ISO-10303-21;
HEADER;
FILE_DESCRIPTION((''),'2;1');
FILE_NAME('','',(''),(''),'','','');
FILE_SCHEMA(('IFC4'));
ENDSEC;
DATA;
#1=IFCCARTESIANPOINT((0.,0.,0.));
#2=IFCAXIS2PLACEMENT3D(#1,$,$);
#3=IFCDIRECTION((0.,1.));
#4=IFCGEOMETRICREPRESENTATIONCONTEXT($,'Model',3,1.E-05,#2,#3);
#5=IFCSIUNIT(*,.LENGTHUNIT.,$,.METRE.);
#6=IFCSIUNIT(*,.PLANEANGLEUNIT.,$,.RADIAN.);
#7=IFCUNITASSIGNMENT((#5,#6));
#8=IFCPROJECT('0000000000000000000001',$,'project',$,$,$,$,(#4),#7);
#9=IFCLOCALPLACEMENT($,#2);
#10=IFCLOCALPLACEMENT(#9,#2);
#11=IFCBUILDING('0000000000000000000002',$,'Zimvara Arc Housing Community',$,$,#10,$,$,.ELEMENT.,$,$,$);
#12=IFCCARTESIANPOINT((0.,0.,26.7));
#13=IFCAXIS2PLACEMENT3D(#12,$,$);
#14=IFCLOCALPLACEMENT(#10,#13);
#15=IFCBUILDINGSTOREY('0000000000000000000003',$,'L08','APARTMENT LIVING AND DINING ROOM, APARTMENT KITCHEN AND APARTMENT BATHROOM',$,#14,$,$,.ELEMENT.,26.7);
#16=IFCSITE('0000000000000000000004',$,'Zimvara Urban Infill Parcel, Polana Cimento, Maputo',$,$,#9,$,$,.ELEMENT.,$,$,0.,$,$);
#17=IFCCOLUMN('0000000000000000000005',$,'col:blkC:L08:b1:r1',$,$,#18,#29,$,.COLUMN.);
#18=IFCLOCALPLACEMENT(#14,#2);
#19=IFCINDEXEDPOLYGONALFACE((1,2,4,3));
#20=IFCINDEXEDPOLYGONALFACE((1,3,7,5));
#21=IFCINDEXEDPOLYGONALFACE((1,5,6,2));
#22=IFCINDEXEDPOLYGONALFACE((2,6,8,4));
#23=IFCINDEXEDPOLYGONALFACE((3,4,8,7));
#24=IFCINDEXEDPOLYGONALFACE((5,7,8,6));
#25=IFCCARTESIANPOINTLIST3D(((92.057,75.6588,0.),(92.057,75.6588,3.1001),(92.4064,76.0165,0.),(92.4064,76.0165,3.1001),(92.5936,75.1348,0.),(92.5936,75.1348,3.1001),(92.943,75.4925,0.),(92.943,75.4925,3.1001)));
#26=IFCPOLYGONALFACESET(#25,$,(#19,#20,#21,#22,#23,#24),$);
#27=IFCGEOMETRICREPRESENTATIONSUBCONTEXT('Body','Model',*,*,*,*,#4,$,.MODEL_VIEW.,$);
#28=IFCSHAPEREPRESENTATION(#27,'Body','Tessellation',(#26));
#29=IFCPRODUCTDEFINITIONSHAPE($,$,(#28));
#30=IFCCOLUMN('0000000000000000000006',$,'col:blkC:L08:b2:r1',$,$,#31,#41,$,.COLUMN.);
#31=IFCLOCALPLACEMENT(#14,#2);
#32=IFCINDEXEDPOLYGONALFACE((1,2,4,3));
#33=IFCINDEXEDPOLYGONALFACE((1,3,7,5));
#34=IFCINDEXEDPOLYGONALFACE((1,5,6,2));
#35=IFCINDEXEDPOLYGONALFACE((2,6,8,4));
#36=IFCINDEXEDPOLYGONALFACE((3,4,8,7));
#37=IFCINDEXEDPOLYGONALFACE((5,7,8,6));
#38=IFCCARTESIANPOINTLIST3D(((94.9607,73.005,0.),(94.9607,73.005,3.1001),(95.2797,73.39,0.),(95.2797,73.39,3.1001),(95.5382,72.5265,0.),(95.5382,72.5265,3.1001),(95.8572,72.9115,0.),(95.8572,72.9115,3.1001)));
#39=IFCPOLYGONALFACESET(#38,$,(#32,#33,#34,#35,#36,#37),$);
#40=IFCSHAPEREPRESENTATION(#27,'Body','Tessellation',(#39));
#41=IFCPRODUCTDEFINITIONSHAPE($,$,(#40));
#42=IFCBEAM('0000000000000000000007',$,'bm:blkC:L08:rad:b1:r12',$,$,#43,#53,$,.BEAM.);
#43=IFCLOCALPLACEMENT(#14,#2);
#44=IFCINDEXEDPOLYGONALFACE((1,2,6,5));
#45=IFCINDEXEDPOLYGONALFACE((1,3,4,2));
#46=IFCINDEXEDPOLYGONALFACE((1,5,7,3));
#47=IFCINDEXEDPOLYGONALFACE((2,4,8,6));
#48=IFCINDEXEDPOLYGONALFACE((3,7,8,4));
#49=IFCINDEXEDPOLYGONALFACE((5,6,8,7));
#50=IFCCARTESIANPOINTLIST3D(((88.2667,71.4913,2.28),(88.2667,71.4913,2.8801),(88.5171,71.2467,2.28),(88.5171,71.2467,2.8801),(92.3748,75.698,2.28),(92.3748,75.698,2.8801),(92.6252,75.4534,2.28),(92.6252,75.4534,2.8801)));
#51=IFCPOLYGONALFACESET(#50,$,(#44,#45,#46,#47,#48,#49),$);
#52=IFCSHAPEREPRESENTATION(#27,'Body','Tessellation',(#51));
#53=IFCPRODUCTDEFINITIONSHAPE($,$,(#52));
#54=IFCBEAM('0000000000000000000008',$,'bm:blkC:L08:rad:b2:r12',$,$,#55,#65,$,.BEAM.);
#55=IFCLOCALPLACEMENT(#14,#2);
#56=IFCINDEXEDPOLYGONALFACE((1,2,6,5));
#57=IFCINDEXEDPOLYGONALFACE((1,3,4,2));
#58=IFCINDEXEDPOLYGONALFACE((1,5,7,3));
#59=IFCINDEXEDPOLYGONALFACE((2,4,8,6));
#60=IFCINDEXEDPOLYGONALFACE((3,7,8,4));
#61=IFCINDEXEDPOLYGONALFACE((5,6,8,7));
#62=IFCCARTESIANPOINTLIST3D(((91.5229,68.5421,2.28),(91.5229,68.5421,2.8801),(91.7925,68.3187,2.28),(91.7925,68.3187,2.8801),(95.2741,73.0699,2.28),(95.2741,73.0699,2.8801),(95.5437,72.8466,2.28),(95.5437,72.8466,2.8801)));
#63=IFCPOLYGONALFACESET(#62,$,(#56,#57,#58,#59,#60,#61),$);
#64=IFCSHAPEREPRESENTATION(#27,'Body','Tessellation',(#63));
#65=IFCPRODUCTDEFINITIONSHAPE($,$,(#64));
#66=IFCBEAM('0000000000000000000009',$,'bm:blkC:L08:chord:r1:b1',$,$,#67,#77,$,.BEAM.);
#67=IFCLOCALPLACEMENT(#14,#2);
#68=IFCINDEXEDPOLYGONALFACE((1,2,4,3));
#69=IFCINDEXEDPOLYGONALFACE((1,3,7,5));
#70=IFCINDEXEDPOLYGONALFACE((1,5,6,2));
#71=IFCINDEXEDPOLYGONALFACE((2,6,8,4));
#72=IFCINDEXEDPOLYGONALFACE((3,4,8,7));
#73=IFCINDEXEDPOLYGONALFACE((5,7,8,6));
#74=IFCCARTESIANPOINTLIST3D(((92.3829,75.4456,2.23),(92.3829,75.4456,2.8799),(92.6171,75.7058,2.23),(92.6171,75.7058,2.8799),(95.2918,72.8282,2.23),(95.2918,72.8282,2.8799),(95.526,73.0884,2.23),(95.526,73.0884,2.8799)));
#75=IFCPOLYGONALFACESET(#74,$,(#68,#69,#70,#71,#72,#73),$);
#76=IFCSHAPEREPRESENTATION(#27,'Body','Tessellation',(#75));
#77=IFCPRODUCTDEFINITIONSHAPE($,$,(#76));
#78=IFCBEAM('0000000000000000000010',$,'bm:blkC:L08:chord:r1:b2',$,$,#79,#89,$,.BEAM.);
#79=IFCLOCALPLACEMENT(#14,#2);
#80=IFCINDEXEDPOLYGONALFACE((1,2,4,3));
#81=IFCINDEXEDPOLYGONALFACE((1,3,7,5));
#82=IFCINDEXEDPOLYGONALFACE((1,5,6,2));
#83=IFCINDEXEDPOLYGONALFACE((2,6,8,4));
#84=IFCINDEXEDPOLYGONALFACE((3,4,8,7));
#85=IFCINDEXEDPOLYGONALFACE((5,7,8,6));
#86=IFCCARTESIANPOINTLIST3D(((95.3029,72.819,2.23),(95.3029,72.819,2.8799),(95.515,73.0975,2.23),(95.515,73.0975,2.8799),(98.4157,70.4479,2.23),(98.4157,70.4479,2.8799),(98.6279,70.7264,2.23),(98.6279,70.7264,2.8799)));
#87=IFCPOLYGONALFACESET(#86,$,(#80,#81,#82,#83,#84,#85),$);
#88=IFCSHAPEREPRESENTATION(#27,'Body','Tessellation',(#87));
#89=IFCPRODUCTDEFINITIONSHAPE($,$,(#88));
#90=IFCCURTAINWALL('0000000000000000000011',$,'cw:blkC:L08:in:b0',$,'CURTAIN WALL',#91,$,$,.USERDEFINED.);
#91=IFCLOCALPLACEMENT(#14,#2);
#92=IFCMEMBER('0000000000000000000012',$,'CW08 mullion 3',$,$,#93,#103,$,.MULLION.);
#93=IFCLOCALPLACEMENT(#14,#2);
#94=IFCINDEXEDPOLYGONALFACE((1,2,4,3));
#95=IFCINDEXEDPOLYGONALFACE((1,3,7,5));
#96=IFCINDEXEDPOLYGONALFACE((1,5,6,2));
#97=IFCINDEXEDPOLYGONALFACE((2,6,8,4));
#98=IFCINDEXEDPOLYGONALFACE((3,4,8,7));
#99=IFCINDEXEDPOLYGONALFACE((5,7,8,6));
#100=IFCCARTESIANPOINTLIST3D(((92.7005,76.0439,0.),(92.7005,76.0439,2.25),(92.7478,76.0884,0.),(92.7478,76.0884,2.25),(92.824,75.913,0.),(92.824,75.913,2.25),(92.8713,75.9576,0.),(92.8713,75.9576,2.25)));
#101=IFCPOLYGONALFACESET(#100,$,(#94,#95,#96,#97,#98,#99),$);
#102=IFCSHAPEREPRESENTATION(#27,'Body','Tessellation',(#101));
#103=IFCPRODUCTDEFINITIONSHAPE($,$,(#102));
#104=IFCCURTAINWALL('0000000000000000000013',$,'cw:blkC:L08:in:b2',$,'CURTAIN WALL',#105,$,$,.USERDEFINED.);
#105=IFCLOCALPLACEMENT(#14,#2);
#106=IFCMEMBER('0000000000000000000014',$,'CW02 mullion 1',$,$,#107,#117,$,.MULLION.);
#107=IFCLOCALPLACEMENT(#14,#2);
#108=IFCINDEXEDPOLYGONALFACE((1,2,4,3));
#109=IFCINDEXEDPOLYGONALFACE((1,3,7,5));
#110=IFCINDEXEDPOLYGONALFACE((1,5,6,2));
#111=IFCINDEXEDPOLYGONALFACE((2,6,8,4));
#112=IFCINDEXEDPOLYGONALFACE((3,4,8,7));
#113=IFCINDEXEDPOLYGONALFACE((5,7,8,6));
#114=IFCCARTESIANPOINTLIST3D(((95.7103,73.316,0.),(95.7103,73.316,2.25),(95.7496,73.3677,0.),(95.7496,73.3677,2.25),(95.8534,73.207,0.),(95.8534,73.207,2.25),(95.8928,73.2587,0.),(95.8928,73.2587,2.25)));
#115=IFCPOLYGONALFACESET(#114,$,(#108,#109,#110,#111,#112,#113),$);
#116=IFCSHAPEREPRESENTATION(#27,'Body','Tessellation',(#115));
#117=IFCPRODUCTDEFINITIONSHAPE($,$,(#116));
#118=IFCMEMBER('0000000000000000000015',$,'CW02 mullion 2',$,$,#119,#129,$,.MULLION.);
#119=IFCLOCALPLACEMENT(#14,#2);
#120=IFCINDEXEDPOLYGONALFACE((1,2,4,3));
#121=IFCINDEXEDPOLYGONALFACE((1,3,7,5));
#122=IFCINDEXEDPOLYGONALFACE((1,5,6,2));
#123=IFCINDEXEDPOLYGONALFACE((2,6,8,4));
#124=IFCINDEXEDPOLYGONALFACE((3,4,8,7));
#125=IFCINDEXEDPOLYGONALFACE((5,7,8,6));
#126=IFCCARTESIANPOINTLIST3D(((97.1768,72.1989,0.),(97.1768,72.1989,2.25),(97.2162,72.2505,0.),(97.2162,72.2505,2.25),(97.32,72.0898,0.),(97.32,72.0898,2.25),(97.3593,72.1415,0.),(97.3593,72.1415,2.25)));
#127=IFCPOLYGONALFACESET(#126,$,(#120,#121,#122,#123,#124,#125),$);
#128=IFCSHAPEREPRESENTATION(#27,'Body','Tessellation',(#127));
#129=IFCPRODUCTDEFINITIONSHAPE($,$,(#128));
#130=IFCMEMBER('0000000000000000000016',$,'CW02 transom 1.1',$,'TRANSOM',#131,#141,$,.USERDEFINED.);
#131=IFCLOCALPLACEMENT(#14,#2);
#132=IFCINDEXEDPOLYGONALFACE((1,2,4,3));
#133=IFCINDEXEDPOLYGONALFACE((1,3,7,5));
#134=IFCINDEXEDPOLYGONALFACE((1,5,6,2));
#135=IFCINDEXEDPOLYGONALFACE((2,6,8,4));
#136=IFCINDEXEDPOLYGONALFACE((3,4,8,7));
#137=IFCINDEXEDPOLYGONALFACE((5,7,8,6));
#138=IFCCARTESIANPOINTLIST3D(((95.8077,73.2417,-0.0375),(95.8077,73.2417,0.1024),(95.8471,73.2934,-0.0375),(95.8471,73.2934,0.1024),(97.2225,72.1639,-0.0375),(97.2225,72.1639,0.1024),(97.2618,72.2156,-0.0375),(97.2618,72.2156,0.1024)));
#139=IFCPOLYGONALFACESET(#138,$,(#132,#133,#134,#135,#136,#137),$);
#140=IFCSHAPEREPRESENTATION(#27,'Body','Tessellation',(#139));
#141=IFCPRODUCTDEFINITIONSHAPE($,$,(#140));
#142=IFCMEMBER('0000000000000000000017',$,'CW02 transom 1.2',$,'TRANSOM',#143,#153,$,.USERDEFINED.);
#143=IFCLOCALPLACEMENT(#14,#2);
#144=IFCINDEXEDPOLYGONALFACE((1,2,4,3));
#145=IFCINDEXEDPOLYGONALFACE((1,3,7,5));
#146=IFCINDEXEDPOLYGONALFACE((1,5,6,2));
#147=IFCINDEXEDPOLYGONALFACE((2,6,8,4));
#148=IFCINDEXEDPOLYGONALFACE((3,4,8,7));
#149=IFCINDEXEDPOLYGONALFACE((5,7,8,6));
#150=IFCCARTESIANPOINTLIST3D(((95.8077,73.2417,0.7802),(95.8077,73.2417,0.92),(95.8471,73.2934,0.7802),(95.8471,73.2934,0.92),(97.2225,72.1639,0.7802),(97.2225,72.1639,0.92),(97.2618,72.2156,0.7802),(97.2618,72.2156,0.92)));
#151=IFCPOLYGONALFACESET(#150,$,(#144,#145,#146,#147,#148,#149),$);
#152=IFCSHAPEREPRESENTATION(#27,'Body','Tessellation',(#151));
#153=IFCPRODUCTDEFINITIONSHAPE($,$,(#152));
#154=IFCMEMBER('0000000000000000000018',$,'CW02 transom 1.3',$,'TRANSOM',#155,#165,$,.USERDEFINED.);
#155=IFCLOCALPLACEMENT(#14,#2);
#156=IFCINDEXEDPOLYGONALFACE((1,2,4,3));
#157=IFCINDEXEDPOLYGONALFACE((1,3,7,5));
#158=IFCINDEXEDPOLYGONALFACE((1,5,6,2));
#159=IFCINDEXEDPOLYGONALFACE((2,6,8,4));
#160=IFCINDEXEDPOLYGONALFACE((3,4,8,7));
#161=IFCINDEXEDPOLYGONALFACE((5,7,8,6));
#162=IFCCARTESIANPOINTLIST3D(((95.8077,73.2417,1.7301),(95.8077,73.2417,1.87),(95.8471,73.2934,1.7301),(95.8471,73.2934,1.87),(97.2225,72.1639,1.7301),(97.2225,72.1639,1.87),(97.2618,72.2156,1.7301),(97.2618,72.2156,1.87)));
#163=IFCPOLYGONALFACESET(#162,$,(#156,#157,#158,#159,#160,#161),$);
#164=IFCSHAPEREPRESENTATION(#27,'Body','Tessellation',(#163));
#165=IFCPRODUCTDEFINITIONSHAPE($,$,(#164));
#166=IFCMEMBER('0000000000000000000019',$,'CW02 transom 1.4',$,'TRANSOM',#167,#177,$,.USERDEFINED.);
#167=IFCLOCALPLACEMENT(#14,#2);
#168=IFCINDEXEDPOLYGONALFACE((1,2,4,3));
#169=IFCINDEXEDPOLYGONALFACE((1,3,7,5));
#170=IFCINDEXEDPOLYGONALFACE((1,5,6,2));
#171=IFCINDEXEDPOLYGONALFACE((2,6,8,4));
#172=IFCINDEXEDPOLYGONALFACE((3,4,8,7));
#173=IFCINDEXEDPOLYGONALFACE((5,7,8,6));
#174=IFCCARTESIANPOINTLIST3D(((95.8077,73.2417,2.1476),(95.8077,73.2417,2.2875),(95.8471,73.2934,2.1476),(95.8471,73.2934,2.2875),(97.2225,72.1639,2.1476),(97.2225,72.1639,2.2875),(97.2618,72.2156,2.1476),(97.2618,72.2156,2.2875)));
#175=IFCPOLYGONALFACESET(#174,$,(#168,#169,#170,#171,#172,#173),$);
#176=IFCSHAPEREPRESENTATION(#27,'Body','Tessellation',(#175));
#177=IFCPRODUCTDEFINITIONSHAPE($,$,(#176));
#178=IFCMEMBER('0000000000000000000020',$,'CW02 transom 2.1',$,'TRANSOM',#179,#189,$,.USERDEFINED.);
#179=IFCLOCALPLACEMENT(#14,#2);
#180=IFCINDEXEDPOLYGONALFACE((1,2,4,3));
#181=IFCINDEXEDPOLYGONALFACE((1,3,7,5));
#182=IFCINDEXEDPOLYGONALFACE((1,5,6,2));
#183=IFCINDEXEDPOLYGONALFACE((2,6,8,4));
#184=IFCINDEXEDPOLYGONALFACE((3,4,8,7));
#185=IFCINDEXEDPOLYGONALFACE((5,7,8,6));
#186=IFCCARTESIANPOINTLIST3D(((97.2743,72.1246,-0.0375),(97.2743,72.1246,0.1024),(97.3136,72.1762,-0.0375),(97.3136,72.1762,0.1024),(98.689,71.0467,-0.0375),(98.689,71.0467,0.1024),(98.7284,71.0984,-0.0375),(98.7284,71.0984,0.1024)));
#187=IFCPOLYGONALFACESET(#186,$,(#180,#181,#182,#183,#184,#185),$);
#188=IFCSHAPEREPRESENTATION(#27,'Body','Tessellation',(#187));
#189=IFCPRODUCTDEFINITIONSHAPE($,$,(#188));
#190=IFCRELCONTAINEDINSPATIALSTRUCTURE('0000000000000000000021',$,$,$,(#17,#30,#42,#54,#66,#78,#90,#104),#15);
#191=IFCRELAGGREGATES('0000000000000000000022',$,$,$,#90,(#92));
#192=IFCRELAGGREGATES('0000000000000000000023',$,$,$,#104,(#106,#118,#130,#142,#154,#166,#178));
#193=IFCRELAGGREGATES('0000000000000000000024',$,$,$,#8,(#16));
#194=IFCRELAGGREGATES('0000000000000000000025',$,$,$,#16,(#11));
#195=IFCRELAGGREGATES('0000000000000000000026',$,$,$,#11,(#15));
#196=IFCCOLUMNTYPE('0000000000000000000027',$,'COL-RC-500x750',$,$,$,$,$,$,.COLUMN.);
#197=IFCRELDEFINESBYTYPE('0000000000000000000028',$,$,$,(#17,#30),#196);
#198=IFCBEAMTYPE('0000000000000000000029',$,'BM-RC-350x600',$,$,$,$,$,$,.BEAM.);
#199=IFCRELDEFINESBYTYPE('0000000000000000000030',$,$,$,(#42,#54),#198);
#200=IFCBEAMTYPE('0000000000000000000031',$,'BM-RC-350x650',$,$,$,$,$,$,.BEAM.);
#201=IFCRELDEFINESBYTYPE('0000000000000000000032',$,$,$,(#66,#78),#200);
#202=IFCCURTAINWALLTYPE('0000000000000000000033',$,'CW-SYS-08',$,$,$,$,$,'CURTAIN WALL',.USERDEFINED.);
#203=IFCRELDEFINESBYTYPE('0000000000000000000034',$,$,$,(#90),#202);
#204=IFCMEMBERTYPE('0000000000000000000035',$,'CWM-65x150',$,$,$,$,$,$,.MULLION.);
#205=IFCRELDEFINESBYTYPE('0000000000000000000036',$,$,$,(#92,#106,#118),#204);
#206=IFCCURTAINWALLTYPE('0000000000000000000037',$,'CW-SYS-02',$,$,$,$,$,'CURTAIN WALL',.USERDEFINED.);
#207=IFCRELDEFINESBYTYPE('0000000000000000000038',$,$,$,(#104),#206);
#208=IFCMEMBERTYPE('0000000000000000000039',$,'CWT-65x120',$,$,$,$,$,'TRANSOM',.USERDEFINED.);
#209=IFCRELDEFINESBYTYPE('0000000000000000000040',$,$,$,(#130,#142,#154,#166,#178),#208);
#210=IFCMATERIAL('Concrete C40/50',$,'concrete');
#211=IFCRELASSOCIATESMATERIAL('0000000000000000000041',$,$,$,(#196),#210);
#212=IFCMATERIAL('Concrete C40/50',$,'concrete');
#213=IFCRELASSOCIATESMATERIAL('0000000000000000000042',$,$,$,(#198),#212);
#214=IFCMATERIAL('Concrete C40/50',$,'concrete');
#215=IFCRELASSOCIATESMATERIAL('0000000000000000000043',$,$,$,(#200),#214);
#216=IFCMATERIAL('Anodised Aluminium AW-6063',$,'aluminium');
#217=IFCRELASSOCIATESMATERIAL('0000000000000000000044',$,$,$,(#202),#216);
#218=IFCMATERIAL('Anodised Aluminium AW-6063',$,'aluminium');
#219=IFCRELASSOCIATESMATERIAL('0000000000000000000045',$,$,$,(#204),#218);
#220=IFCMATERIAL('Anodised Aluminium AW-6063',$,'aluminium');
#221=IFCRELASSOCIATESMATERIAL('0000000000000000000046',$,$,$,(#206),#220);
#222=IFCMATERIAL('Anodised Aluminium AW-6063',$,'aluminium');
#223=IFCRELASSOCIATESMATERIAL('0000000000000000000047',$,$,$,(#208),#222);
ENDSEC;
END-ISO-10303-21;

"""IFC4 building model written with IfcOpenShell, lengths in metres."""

from ifc_helpers import new_model, si_unit, direction, frame, origin, origin_2d, place, context, subcontext, project, spatial, rectangle, extrude, material, material_profile, profile_set, type_object, element, aggregate, save


model = new_model("IFC4")

# Units and contexts
model_context = context("Model", 3, precision=1e-05, world=origin(), true_north=direction((0.0, 1.0)))
body_context = subcontext(model_context, "Body", "Model", "MODEL_VIEW")
ifc_project = project(units=[si_unit("LENGTHUNIT", "METRE"), si_unit("PLANEANGLEUNIT", "RADIAN")], contexts=[model_context])

# Site, building, storey
site_placement = place(None, origin())
site = spatial("IfcSite", under=ifc_project, at=site_placement, Name="Zimvara Urban Infill Parcel, Polana Cimento, Maputo", CompositionType="ELEMENT", RefElevation=0.0)
building_placement = place(site_placement, origin())
building = spatial("IfcBuilding", under=site, at=building_placement, Name="Zimvara Arc Housing Community", CompositionType="ELEMENT")
storey_placement = place(building_placement, frame((0.0, 0.0, 26.7)))
storey = spatial("IfcBuildingStorey", under=building, at=storey_placement, Name="L08", Description="APARTMENT LIVING AND DINING ROOM, APARTMENT KITCHEN AND APARTMENT BATHROOM", CompositionType="ELEMENT", Elevation=26.7)

# Columns
ifc_material_1 = material(Name="Concrete C40/50", Category="concrete")
ifc_material_profile_1 = material_profile(ifc_material_1, rectangle(XDim=0.5, YDim=0.75, at=origin_2d()), Name="RC 500x750")
ifc_profile_set_1 = profile_set([ifc_material_profile_1], Name="Concrete C40/50")
column_type = type_object("IfcColumnType", Name="COL-RC-500x750", PredefinedType="COLUMN", material=ifc_profile_set_1)
for number, where, z_axis, x_axis, name in (
    (1, (92.5, 75.5757, 0.0), (0.0, 0.0, 1.0), (-0.698665, -0.715449, 0.0), "col:blkC:L08:b1:r1"),
    (2, (95.4089, 72.9583, 0.0), (0.0, 0.0, 1.0), (-0.637962, -0.770068, 0.0), "col:blkC:L08:b2:r1"),
):
    element("IfcColumn", number, at=place(storey_placement, frame(where, z_axis=z_axis, x_axis=x_axis)), inside=storey, type_object=column_type, Name=name, PredefinedType="COLUMN", context=body_context, shape_type="SweptSolid", body=[
        extrude(rectangle(XDim=0.5, YDim=0.75, at=origin_2d()), origin(), (0.0, 0.0, 1.0), 3.1001),
    ])

# Beams
ifc_material_2 = material(Name="Concrete C40/50", Category="concrete")
ifc_material_profile_2 = material_profile(ifc_material_2, rectangle(XDim=0.3501, YDim=0.6001, at=origin_2d()), Name="RC 350x600")
ifc_profile_set_2 = profile_set([ifc_material_profile_2], Name="Concrete C40/50")
beam_type_1 = type_object("IfcBeamType", Name="BM-RC-350x600", PredefinedType="BEAM", material=ifc_profile_set_2)
for number, where, z_axis, x_axis, name in (
    (3, (92.5, 75.5757, 2.5801), (-0.69867, -0.715444, 0.0), (0.715444, -0.69867, 0.0), "bm:blkC:L08:rad:b1:r12"),
    (4, (95.4089, 72.9583, 2.5801), (-0.637976, -0.770056, 0.0), (0.770056, -0.637976, 0.0), "bm:blkC:L08:rad:b2:r12"),
):
    element("IfcBeam", number, at=place(storey_placement, frame(where, z_axis=z_axis, x_axis=x_axis)), inside=storey, type_object=beam_type_1, Name=name, PredefinedType="BEAM", context=body_context, shape_type="SweptSolid", body=[
        extrude(rectangle(XDim=0.3501, YDim=0.6001, at=origin_2d()), origin(), (0.0, 0.0, 1.0), 5.8799),
    ])
ifc_material_3 = material(Name="Concrete C40/50", Category="concrete")
ifc_material_profile_3 = material_profile(ifc_material_3, rectangle(XDim=0.3501, YDim=0.6499, at=origin_2d()), Name="RC 350x650")
ifc_profile_set_3 = profile_set([ifc_material_profile_3], Name="Concrete C40/50")
beam_type_2 = type_object("IfcBeamType", Name="BM-RC-350x650", PredefinedType="BEAM", material=ifc_profile_set_3)
for number, where, z_axis, x_axis, name in (
    (5, (92.5, 75.5757, 2.5549), (0.743372, -0.668879, 0.0), (0.668879, 0.743372, 0.0), "bm:blkC:L08:chord:r1:b1"),
    (6, (95.4089, 72.9583, 2.5549), (0.7955, -0.605953, 0.0), (0.605953, 0.7955, 0.0), "bm:blkC:L08:chord:r1:b2"),
):
    element("IfcBeam", number, at=place(storey_placement, frame(where, z_axis=z_axis, x_axis=x_axis)), inside=storey, type_object=beam_type_2, Name=name, PredefinedType="BEAM", context=body_context, shape_type="SweptSolid", body=[
        extrude(rectangle(XDim=0.3501, YDim=0.6499, at=origin_2d()), origin(), (0.0, 0.0, 1.0), 3.9131),
    ])

# Curtain wall, member
ifc_material_4 = material(Name="Anodised Aluminium AW-6063", Category="aluminium")
curtain_wall_type_1 = type_object("IfcCurtainWallType", Name="CW-SYS-08", ElementType="CURTAIN WALL", PredefinedType="USERDEFINED", material=ifc_material_4)
curtain_wall_1_placement = place(storey_placement, origin())
curtain_wall_1 = element("IfcCurtainWall", 7, at=curtain_wall_1_placement, inside=storey, type_object=curtain_wall_type_1, Name="cw:blkC:L08:in:b0", ObjectType="CURTAIN WALL", PredefinedType="USERDEFINED")
ifc_material_5 = material(Name="Anodised Aluminium AW-6063", Category="aluminium")
ifc_material_profile_4 = material_profile(ifc_material_5, rectangle(XDim=0.0649, YDim=0.1799, at=origin_2d()), Name="ALU 65x180")
ifc_profile_set_4 = profile_set([ifc_material_profile_4], Name="Anodised Aluminium AW-6063")
member_type_1 = type_object("IfcMemberType", Name="CWM-65x150", PredefinedType="MULLION", material=ifc_profile_set_4)
member_1_placement = place(storey_placement, frame((92.7859, 76.0007, 0.0), z_axis=(0.0, 0.0, 1.0), x_axis=(0.727294, 0.686326, 0.0)))
member_1 = element("IfcMember", 8, at=member_1_placement, type_object=member_type_1, Name="CW08 mullion 3", PredefinedType="MULLION", context=body_context, shape_type="SweptSolid", body=[
    extrude(rectangle(XDim=0.0649, YDim=0.1799, at=origin_2d()), origin(), (0.0, 0.0, 1.0), 2.25),
])
aggregate(curtain_wall_1, [member_1])

# Curtain wall, members
ifc_material_6 = material(Name="Anodised Aluminium AW-6063", Category="aluminium")
curtain_wall_type_2 = type_object("IfcCurtainWallType", Name="CW-SYS-02", ElementType="CURTAIN WALL", PredefinedType="USERDEFINED", material=ifc_material_6)
curtain_wall_2_placement = place(storey_placement, origin())
curtain_wall_2 = element("IfcCurtainWall", 9, at=curtain_wall_2_placement, inside=storey, type_object=curtain_wall_type_2, Name="cw:blkC:L08:in:b2", ObjectType="CURTAIN WALL", PredefinedType="USERDEFINED")
member_2_placement = place(storey_placement, frame((95.8015, 73.2874, 0.0), z_axis=(0.0, 0.0, 1.0), x_axis=(0.605988, 0.795474, 0.0)))
member_2 = element("IfcMember", 10, at=member_2_placement, type_object=member_type_1, Name="CW02 mullion 1", PredefinedType="MULLION", context=body_context, shape_type="SweptSolid", body=[
    extrude(rectangle(XDim=0.0649, YDim=0.1799, at=origin_2d()), origin(), (0.0, 0.0, 1.0), 2.25),
])
member_3_placement = place(storey_placement, frame((97.2681, 72.1702, 0.0), z_axis=(0.0, 0.0, 1.0), x_axis=(0.605988, 0.795474, 0.0)))
member_3 = element("IfcMember", 11, at=member_3_placement, type_object=member_type_1, Name="CW02 mullion 2", PredefinedType="MULLION", context=body_context, shape_type="SweptSolid", body=[
    extrude(rectangle(XDim=0.0649, YDim=0.1799, at=origin_2d()), origin(), (0.0, 0.0, 1.0), 2.25),
])
ifc_material_7 = material(Name="Anodised Aluminium AW-6063", Category="aluminium")
ifc_material_profile_5 = material_profile(ifc_material_7, rectangle(XDim=0.0649, YDim=0.1399, at=origin_2d()), Name="ALU 65x140")
ifc_profile_set_5 = profile_set([ifc_material_profile_5], Name="Anodised Aluminium AW-6063")
member_type_2 = type_object("IfcMemberType", Name="CWT-65x120", ElementType="TRANSOM", PredefinedType="USERDEFINED", material=ifc_profile_set_5)
member_4_placement = place(storey_placement, frame((95.8274, 73.2676, 0.0325), z_axis=(0.795447, -0.606023, 0.0), x_axis=(0.606023, 0.795447, 0.0)))
member_4 = element("IfcMember", 12, at=member_4_placement, type_object=member_type_2, Name="CW02 transom 1.1", ObjectType="TRANSOM", PredefinedType="USERDEFINED", context=body_context, shape_type="SweptSolid", body=[
    extrude(rectangle(XDim=0.0649, YDim=0.1399, at=origin_2d()), origin(), (0.0, 0.0, 1.0), 1.7786),
])
member_5_placement = place(storey_placement, frame((95.8274, 73.2676, 0.8501), z_axis=(0.795447, -0.606023, 0.0), x_axis=(0.606023, 0.795447, 0.0)))
member_5 = element("IfcMember", 13, at=member_5_placement, type_object=member_type_2, Name="CW02 transom 1.2", ObjectType="TRANSOM", PredefinedType="USERDEFINED", context=body_context, shape_type="SweptSolid", body=[
    extrude(rectangle(XDim=0.0649, YDim=0.1399, at=origin_2d()), origin(), (0.0, 0.0, 1.0), 1.7786),
])
member_6_placement = place(storey_placement, frame((95.8274, 73.2676, 1.8), z_axis=(0.795447, -0.606023, 0.0), x_axis=(0.606023, 0.795447, 0.0)))
member_6 = element("IfcMember", 14, at=member_6_placement, type_object=member_type_2, Name="CW02 transom 1.3", ObjectType="TRANSOM", PredefinedType="USERDEFINED", context=body_context, shape_type="SweptSolid", body=[
    extrude(rectangle(XDim=0.0649, YDim=0.1399, at=origin_2d()), origin(), (0.0, 0.0, 1.0), 1.7786),
])
member_7_placement = place(storey_placement, frame((95.8274, 73.2676, 2.2175), z_axis=(0.795447, -0.606023, 0.0), x_axis=(0.606023, 0.795447, 0.0)))
member_7 = element("IfcMember", 15, at=member_7_placement, type_object=member_type_2, Name="CW02 transom 1.4", ObjectType="TRANSOM", PredefinedType="USERDEFINED", context=body_context, shape_type="SweptSolid", body=[
    extrude(rectangle(XDim=0.0649, YDim=0.1399, at=origin_2d()), origin(), (0.0, 0.0, 1.0), 1.7786),
])
member_8_placement = place(storey_placement, frame((97.2939, 72.1504, 0.0325), z_axis=(0.795447, -0.606023, 0.0), x_axis=(0.606023, 0.795447, 0.0)))
member_8 = element("IfcMember", 16, at=member_8_placement, type_object=member_type_2, Name="CW02 transom 2.1", ObjectType="TRANSOM", PredefinedType="USERDEFINED", context=body_context, shape_type="SweptSolid", body=[
    extrude(rectangle(XDim=0.0649, YDim=0.1399, at=origin_2d()), origin(), (0.0, 0.0, 1.0), 1.7786),
])
aggregate(curtain_wall_2, [member_2, member_3, member_4, member_5, member_6, member_7, member_8])

save(model, "model.ifc")
